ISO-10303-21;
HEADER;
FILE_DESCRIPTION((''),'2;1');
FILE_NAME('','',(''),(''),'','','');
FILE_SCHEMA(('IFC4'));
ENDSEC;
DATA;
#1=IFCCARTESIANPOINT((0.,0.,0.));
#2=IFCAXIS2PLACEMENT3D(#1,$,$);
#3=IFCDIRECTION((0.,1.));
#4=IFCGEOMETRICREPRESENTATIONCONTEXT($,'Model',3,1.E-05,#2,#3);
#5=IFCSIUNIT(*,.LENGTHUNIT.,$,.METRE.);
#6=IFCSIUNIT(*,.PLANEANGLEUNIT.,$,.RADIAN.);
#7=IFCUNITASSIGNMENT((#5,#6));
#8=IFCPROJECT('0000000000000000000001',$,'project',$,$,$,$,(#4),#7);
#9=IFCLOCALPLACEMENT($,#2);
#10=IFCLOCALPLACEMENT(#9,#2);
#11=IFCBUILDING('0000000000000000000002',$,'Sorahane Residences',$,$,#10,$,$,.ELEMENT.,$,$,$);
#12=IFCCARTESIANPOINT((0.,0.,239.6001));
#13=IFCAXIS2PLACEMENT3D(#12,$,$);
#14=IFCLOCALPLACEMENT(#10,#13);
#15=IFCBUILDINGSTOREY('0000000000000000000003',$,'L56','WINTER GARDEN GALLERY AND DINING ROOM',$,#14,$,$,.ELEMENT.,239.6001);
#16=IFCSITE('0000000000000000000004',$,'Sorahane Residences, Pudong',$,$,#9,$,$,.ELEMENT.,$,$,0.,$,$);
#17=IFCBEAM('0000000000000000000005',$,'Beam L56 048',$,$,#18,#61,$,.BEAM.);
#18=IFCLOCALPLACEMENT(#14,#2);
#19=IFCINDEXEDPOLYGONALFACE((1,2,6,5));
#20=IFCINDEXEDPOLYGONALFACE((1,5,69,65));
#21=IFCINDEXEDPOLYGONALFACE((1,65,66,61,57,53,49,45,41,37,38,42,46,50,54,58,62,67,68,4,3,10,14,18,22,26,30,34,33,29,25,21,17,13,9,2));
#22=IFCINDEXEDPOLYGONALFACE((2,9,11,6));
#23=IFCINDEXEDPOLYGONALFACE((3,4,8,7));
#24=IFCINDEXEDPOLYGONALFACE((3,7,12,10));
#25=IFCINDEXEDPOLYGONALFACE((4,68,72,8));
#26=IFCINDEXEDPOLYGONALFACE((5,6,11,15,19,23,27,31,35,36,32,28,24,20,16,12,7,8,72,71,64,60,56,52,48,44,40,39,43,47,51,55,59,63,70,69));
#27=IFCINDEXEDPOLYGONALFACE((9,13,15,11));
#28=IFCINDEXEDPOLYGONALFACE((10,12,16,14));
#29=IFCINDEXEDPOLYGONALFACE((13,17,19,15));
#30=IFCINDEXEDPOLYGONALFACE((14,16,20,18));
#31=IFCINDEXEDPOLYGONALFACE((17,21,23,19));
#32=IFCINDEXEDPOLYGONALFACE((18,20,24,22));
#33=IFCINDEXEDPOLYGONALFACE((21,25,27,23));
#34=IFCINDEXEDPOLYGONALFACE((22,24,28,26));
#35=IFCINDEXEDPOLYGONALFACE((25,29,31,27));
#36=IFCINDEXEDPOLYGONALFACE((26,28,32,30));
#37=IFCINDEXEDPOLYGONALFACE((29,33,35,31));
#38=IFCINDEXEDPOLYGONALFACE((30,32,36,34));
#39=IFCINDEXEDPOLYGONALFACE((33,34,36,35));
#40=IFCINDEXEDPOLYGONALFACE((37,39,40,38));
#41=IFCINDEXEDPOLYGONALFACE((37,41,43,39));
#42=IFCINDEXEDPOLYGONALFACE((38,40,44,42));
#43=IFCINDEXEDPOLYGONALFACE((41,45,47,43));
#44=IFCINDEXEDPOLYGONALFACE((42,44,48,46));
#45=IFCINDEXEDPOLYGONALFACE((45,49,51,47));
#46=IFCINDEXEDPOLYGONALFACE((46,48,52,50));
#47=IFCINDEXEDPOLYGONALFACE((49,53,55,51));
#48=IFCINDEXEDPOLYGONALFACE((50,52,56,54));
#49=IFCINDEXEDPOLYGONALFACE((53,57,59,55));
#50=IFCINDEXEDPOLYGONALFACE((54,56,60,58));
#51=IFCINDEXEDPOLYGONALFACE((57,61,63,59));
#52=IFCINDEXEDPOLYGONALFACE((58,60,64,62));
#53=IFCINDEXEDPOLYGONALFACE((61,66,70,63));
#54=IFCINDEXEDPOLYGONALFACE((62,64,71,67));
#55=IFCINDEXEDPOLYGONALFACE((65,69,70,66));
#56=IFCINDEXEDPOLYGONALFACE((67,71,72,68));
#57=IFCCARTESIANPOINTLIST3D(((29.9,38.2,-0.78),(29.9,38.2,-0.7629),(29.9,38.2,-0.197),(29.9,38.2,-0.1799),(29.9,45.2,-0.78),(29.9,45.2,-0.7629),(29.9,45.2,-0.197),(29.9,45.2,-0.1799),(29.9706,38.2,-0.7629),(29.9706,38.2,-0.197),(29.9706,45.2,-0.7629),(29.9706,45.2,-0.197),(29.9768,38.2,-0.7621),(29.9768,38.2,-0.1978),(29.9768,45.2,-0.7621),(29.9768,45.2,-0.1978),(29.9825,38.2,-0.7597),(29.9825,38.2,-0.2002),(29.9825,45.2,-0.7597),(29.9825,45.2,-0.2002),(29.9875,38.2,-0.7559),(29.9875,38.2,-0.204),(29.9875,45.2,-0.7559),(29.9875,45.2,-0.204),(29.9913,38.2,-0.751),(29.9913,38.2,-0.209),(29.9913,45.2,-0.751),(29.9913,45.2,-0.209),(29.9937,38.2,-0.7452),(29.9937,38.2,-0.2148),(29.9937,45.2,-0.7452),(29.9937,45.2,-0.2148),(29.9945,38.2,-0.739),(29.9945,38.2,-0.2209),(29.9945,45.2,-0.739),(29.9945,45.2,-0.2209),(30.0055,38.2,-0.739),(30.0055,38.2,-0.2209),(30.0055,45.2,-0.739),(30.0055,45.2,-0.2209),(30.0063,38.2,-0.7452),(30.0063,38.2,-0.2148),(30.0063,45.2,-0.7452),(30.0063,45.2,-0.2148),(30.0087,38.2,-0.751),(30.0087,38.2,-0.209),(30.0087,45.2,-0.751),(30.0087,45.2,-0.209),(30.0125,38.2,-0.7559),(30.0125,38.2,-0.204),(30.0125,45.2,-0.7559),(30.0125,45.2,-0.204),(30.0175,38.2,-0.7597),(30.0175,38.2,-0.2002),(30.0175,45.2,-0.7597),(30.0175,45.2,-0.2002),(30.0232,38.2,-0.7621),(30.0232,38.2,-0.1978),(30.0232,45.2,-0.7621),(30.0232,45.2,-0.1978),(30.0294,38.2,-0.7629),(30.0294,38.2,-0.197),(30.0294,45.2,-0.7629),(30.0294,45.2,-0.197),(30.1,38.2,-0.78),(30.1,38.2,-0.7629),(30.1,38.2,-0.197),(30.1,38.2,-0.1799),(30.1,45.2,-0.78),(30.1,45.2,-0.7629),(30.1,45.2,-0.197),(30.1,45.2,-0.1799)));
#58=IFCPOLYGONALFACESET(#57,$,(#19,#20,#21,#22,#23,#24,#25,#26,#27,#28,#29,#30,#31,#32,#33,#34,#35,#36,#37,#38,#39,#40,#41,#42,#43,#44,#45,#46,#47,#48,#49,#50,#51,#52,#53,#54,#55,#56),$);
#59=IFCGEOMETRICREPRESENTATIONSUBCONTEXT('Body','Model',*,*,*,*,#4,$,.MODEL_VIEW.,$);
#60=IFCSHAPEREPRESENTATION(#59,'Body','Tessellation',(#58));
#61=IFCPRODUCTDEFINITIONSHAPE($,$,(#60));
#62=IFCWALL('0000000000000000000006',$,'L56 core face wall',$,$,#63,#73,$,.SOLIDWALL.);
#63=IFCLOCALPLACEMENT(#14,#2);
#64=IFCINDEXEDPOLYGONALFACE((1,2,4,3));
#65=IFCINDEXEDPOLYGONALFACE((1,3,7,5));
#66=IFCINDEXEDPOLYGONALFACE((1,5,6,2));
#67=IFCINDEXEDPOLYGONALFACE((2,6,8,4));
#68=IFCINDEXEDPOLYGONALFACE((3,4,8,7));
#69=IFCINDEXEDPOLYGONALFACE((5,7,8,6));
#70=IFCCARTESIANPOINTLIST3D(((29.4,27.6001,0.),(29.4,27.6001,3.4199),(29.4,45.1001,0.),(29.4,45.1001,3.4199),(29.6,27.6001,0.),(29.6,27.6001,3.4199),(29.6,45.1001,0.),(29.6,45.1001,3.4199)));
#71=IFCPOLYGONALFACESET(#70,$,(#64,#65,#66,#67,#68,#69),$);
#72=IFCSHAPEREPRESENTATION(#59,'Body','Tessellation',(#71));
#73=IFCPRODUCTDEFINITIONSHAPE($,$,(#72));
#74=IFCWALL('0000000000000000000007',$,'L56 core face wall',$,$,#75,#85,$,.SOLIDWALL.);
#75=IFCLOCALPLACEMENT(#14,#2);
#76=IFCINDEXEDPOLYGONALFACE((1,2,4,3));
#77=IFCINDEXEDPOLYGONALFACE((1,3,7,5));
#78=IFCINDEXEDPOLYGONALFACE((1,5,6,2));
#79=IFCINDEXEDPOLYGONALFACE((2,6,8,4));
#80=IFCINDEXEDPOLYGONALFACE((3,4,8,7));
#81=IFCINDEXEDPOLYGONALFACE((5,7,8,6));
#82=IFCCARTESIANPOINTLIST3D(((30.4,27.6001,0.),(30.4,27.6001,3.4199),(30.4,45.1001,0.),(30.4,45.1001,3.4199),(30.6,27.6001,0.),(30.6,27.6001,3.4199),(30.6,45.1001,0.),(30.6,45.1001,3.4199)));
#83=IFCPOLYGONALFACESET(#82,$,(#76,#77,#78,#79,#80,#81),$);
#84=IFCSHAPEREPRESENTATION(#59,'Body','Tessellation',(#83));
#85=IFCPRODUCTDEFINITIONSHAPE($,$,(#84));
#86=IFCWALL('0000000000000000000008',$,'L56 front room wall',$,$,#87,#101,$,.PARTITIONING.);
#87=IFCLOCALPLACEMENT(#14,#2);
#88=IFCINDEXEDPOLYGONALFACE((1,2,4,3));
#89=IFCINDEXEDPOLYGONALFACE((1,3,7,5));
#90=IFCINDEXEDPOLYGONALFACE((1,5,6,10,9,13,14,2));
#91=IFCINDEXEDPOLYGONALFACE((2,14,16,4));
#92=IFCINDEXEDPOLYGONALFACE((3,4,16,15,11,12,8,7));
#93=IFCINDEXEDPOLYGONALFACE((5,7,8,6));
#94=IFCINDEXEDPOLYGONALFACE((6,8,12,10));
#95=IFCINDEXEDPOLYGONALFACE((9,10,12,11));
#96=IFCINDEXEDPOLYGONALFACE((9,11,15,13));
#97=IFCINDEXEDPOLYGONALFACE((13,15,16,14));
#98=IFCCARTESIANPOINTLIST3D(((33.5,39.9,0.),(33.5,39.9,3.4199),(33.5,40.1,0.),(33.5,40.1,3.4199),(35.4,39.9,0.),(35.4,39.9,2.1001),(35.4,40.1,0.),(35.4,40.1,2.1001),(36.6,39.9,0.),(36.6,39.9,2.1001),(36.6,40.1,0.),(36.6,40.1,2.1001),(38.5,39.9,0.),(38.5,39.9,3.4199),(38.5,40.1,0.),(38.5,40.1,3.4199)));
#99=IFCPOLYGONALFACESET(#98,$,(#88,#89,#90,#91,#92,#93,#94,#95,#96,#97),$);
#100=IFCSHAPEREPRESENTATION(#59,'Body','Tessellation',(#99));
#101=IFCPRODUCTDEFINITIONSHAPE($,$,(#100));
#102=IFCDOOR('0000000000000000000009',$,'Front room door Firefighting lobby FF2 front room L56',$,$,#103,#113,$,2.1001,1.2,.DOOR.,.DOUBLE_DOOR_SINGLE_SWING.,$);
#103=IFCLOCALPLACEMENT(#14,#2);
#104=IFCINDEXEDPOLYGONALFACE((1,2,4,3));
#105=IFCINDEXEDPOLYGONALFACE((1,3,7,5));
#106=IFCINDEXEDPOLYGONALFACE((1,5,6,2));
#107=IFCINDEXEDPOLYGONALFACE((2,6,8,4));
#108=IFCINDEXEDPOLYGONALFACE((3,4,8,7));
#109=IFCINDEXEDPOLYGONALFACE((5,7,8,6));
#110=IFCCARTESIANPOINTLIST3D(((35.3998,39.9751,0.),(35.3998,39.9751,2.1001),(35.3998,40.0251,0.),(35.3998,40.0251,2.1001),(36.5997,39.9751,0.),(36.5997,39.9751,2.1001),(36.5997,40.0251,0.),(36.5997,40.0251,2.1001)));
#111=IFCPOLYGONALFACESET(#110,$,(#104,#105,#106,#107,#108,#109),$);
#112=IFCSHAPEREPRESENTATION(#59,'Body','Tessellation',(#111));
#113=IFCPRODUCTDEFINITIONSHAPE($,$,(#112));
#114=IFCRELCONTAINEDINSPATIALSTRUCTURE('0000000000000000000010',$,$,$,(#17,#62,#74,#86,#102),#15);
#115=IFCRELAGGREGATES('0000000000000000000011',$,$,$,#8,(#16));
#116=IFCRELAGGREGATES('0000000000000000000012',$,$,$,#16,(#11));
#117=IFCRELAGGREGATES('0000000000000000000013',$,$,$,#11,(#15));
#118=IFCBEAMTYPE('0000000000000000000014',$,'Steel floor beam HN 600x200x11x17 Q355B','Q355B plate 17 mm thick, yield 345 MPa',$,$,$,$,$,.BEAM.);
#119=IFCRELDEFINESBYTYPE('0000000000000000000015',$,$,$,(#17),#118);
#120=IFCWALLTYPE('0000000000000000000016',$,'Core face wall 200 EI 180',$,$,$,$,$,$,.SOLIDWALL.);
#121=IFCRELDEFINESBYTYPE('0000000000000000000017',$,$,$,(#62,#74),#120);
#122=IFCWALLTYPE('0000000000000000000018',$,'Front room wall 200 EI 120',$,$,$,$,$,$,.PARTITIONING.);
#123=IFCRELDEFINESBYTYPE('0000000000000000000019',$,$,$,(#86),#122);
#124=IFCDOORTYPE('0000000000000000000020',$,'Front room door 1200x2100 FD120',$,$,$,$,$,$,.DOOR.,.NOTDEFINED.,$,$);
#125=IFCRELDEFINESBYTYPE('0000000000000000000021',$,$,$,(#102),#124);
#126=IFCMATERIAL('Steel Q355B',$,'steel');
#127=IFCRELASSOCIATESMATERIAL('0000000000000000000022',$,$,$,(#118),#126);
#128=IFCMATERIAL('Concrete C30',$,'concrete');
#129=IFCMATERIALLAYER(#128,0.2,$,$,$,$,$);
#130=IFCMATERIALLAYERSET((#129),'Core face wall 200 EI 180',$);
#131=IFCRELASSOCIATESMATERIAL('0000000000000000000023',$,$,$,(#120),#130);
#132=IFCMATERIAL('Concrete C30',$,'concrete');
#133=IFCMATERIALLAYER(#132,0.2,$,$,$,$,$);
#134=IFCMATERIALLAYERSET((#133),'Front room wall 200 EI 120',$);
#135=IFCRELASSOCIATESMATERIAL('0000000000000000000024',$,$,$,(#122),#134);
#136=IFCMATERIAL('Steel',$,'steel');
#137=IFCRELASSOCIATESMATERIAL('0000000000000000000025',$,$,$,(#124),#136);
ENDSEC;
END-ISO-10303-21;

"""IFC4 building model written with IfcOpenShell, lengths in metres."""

from ifc_helpers import new_model, si_unit, direction, frame, frame_2d, origin, origin_2d, place, context, subcontext, project, spatial, rectangle, i_section, extrude, material, layer, layer_set, material_profile, profile_set, type_object, element, fill, save


model = new_model("IFC4")

# Units and contexts
model_context = context("Model", 3, precision=1e-05, world=origin(), true_north=direction((0.0, 1.0)))
body_context = subcontext(model_context, "Body", "Model", "MODEL_VIEW")
ifc_project = project(units=[si_unit("LENGTHUNIT", "METRE"), si_unit("PLANEANGLEUNIT", "RADIAN")], contexts=[model_context])

# Site, building, storey
site_placement = place(None, origin())
site = spatial("IfcSite", under=ifc_project, at=site_placement, Name="Sorahane Residences, Pudong", CompositionType="ELEMENT", RefElevation=0.0)
building_placement = place(site_placement, origin())
building = spatial("IfcBuilding", under=site, at=building_placement, Name="Sorahane Residences", CompositionType="ELEMENT")
storey_placement = place(building_placement, frame((0.0, 0.0, 239.6001)))
storey = spatial("IfcBuildingStorey", under=building, at=storey_placement, Name="L56", Description="WINTER GARDEN GALLERY AND DINING ROOM", CompositionType="ELEMENT", Elevation=239.6001)

# Beam
ifc_material_1 = material(Name="Steel Q355B", Category="steel")
ifc_material_profile_1 = material_profile(ifc_material_1, i_section(OverallWidth=0.2, OverallDepth=0.6001, WebThickness=0.011, FlangeThickness=0.0171, FilletRadius=0.0239, at=origin_2d()), Name="HN 600x200x11x17")
ifc_profile_set_1 = profile_set([ifc_material_profile_1], Name="Steel Q355B")
beam_type_1 = type_object("IfcBeamType", Name="Steel floor beam HN 600x200x11x17 Q355B", Description="Q355B plate 17 mm thick, yield 345 MPa", PredefinedType="BEAM", material=ifc_profile_set_1)
for number, where, z_axis, x_axis, name in (
    (1, (30.0, 38.2, -0.48), (0.0, 1.0, 0.0), (-1.0, 0.0, 0.0), "Beam L56 048"),
):
    element("IfcBeam", number, at=place(storey_placement, frame(where, z_axis=z_axis, x_axis=x_axis)), inside=storey, type_object=beam_type_1, Name=name, PredefinedType="BEAM", context=body_context, shape_type="SweptSolid", body=[
        extrude(i_section(OverallWidth=0.2, OverallDepth=0.6001, WebThickness=0.011, FlangeThickness=0.0171, FilletRadius=0.0239, at=origin_2d()), origin(), (0.0, 0.0, 1.0), 7.0),
    ])

# Walls
ifc_material_2 = material(Name="Concrete C30", Category="concrete")
ifc_layer_1 = layer(ifc_material_2, 0.2)
ifc_layer_set_1 = layer_set([ifc_layer_1], Name="Core face wall 200 EI 180")
wall_type_1 = type_object("IfcWallType", Name="Core face wall 200 EI 180", PredefinedType="SOLIDWALL", material=ifc_layer_set_1)
for number, where, z_axis, x_axis, name in (
    (2, (29.5, 27.6001, 0.0), (0.0, 0.0, 1.0), (0.0, 1.0, 0.0), "L56 core face wall"),
    (3, (30.5, 27.6001, 0.0), (0.0, 0.0, 1.0), (0.0, 1.0, 0.0), "L56 core face wall"),
):
    element("IfcWall", number, at=place(storey_placement, frame(where, z_axis=z_axis, x_axis=x_axis)), inside=storey, type_object=wall_type_1, Name=name, PredefinedType="SOLIDWALL", context=body_context, shape_type="SweptSolid", body=[
        extrude(rectangle(XDim=17.5, YDim=0.2, at=frame_2d((8.75, 0.0))), origin(), (0.0, 0.0, 1.0), 3.4199),
    ])

# Wall, opening, door
ifc_material_3 = material(Name="Concrete C30", Category="concrete")
ifc_layer_2 = layer(ifc_material_3, 0.2)
ifc_layer_set_2 = layer_set([ifc_layer_2], Name="Front room wall 200 EI 120")
wall_type_2 = type_object("IfcWallType", Name="Front room wall 200 EI 120", PredefinedType="PARTITIONING", material=ifc_layer_set_2)
wall_1_placement = place(storey_placement, frame((33.5, 40.0, 0.0), z_axis=(0.0, 0.0, 1.0), x_axis=(1.0, 0.0, 0.0)))
wall_1 = element("IfcWall", 4, at=wall_1_placement, inside=storey, type_object=wall_type_2, Name="L56 front room wall", PredefinedType="PARTITIONING", context=body_context, shape_type="SweptSolid", body=[
    extrude(rectangle(XDim=5.0, YDim=0.2, at=frame_2d((2.5, 0.0))), origin(), (0.0, 0.0, 1.0), 3.4199),
])
opening_1_placement = place(wall_1_placement, frame((1.8999, 0.0, 0.0)))
opening_1 = element("IfcOpeningElement", 5, at=opening_1_placement, cuts=wall_1, PredefinedType="OPENING", context=body_context, shape_type="SweptSolid", body=[
    extrude(rectangle(XDim=1.2, YDim=2.1001, at=frame_2d((0.6001, 1.05))), frame((0.0, 0.1099, 0.0), z_axis=(0.0, -1.0, 0.0), x_axis=(1.0, 0.0, 0.0)), (0.0, 0.0, 1.0), 0.22),
])
ifc_material_4 = material(Name="Steel", Category="steel")
door_type_1 = type_object("IfcDoorType", Name="Front room door 1200x2100 FD120", OperationType="NOTDEFINED", PredefinedType="DOOR", material=ifc_material_4)
door_1_placement = place(opening_1_placement, frame((1.2, 0.0, 0.0), z_axis=(0.0, 0.0, 1.0), x_axis=(-1.0, 0.0, 0.0)))
door_1 = element("IfcDoor", 6, at=door_1_placement, inside=storey, type_object=door_type_1, Name="Front room door Firefighting lobby FF2 front room L56", OperationType="DOUBLE_DOOR_SINGLE_SWING", OverallHeight=2.1001, OverallWidth=1.2, PredefinedType="DOOR", context=body_context, shape_type="SweptSolid", body=[
    extrude(rectangle(XDim=1.2, YDim=2.1001, at=frame_2d((0.6001, 1.05))), frame((0.0, 0.0249, 0.0), z_axis=(0.0, -1.0, 0.0), x_axis=(1.0, 0.0, 0.0)), (0.0, 0.0, 1.0), 0.05),
])
fill(opening_1, door_1)

save(model, "model.ifc")
